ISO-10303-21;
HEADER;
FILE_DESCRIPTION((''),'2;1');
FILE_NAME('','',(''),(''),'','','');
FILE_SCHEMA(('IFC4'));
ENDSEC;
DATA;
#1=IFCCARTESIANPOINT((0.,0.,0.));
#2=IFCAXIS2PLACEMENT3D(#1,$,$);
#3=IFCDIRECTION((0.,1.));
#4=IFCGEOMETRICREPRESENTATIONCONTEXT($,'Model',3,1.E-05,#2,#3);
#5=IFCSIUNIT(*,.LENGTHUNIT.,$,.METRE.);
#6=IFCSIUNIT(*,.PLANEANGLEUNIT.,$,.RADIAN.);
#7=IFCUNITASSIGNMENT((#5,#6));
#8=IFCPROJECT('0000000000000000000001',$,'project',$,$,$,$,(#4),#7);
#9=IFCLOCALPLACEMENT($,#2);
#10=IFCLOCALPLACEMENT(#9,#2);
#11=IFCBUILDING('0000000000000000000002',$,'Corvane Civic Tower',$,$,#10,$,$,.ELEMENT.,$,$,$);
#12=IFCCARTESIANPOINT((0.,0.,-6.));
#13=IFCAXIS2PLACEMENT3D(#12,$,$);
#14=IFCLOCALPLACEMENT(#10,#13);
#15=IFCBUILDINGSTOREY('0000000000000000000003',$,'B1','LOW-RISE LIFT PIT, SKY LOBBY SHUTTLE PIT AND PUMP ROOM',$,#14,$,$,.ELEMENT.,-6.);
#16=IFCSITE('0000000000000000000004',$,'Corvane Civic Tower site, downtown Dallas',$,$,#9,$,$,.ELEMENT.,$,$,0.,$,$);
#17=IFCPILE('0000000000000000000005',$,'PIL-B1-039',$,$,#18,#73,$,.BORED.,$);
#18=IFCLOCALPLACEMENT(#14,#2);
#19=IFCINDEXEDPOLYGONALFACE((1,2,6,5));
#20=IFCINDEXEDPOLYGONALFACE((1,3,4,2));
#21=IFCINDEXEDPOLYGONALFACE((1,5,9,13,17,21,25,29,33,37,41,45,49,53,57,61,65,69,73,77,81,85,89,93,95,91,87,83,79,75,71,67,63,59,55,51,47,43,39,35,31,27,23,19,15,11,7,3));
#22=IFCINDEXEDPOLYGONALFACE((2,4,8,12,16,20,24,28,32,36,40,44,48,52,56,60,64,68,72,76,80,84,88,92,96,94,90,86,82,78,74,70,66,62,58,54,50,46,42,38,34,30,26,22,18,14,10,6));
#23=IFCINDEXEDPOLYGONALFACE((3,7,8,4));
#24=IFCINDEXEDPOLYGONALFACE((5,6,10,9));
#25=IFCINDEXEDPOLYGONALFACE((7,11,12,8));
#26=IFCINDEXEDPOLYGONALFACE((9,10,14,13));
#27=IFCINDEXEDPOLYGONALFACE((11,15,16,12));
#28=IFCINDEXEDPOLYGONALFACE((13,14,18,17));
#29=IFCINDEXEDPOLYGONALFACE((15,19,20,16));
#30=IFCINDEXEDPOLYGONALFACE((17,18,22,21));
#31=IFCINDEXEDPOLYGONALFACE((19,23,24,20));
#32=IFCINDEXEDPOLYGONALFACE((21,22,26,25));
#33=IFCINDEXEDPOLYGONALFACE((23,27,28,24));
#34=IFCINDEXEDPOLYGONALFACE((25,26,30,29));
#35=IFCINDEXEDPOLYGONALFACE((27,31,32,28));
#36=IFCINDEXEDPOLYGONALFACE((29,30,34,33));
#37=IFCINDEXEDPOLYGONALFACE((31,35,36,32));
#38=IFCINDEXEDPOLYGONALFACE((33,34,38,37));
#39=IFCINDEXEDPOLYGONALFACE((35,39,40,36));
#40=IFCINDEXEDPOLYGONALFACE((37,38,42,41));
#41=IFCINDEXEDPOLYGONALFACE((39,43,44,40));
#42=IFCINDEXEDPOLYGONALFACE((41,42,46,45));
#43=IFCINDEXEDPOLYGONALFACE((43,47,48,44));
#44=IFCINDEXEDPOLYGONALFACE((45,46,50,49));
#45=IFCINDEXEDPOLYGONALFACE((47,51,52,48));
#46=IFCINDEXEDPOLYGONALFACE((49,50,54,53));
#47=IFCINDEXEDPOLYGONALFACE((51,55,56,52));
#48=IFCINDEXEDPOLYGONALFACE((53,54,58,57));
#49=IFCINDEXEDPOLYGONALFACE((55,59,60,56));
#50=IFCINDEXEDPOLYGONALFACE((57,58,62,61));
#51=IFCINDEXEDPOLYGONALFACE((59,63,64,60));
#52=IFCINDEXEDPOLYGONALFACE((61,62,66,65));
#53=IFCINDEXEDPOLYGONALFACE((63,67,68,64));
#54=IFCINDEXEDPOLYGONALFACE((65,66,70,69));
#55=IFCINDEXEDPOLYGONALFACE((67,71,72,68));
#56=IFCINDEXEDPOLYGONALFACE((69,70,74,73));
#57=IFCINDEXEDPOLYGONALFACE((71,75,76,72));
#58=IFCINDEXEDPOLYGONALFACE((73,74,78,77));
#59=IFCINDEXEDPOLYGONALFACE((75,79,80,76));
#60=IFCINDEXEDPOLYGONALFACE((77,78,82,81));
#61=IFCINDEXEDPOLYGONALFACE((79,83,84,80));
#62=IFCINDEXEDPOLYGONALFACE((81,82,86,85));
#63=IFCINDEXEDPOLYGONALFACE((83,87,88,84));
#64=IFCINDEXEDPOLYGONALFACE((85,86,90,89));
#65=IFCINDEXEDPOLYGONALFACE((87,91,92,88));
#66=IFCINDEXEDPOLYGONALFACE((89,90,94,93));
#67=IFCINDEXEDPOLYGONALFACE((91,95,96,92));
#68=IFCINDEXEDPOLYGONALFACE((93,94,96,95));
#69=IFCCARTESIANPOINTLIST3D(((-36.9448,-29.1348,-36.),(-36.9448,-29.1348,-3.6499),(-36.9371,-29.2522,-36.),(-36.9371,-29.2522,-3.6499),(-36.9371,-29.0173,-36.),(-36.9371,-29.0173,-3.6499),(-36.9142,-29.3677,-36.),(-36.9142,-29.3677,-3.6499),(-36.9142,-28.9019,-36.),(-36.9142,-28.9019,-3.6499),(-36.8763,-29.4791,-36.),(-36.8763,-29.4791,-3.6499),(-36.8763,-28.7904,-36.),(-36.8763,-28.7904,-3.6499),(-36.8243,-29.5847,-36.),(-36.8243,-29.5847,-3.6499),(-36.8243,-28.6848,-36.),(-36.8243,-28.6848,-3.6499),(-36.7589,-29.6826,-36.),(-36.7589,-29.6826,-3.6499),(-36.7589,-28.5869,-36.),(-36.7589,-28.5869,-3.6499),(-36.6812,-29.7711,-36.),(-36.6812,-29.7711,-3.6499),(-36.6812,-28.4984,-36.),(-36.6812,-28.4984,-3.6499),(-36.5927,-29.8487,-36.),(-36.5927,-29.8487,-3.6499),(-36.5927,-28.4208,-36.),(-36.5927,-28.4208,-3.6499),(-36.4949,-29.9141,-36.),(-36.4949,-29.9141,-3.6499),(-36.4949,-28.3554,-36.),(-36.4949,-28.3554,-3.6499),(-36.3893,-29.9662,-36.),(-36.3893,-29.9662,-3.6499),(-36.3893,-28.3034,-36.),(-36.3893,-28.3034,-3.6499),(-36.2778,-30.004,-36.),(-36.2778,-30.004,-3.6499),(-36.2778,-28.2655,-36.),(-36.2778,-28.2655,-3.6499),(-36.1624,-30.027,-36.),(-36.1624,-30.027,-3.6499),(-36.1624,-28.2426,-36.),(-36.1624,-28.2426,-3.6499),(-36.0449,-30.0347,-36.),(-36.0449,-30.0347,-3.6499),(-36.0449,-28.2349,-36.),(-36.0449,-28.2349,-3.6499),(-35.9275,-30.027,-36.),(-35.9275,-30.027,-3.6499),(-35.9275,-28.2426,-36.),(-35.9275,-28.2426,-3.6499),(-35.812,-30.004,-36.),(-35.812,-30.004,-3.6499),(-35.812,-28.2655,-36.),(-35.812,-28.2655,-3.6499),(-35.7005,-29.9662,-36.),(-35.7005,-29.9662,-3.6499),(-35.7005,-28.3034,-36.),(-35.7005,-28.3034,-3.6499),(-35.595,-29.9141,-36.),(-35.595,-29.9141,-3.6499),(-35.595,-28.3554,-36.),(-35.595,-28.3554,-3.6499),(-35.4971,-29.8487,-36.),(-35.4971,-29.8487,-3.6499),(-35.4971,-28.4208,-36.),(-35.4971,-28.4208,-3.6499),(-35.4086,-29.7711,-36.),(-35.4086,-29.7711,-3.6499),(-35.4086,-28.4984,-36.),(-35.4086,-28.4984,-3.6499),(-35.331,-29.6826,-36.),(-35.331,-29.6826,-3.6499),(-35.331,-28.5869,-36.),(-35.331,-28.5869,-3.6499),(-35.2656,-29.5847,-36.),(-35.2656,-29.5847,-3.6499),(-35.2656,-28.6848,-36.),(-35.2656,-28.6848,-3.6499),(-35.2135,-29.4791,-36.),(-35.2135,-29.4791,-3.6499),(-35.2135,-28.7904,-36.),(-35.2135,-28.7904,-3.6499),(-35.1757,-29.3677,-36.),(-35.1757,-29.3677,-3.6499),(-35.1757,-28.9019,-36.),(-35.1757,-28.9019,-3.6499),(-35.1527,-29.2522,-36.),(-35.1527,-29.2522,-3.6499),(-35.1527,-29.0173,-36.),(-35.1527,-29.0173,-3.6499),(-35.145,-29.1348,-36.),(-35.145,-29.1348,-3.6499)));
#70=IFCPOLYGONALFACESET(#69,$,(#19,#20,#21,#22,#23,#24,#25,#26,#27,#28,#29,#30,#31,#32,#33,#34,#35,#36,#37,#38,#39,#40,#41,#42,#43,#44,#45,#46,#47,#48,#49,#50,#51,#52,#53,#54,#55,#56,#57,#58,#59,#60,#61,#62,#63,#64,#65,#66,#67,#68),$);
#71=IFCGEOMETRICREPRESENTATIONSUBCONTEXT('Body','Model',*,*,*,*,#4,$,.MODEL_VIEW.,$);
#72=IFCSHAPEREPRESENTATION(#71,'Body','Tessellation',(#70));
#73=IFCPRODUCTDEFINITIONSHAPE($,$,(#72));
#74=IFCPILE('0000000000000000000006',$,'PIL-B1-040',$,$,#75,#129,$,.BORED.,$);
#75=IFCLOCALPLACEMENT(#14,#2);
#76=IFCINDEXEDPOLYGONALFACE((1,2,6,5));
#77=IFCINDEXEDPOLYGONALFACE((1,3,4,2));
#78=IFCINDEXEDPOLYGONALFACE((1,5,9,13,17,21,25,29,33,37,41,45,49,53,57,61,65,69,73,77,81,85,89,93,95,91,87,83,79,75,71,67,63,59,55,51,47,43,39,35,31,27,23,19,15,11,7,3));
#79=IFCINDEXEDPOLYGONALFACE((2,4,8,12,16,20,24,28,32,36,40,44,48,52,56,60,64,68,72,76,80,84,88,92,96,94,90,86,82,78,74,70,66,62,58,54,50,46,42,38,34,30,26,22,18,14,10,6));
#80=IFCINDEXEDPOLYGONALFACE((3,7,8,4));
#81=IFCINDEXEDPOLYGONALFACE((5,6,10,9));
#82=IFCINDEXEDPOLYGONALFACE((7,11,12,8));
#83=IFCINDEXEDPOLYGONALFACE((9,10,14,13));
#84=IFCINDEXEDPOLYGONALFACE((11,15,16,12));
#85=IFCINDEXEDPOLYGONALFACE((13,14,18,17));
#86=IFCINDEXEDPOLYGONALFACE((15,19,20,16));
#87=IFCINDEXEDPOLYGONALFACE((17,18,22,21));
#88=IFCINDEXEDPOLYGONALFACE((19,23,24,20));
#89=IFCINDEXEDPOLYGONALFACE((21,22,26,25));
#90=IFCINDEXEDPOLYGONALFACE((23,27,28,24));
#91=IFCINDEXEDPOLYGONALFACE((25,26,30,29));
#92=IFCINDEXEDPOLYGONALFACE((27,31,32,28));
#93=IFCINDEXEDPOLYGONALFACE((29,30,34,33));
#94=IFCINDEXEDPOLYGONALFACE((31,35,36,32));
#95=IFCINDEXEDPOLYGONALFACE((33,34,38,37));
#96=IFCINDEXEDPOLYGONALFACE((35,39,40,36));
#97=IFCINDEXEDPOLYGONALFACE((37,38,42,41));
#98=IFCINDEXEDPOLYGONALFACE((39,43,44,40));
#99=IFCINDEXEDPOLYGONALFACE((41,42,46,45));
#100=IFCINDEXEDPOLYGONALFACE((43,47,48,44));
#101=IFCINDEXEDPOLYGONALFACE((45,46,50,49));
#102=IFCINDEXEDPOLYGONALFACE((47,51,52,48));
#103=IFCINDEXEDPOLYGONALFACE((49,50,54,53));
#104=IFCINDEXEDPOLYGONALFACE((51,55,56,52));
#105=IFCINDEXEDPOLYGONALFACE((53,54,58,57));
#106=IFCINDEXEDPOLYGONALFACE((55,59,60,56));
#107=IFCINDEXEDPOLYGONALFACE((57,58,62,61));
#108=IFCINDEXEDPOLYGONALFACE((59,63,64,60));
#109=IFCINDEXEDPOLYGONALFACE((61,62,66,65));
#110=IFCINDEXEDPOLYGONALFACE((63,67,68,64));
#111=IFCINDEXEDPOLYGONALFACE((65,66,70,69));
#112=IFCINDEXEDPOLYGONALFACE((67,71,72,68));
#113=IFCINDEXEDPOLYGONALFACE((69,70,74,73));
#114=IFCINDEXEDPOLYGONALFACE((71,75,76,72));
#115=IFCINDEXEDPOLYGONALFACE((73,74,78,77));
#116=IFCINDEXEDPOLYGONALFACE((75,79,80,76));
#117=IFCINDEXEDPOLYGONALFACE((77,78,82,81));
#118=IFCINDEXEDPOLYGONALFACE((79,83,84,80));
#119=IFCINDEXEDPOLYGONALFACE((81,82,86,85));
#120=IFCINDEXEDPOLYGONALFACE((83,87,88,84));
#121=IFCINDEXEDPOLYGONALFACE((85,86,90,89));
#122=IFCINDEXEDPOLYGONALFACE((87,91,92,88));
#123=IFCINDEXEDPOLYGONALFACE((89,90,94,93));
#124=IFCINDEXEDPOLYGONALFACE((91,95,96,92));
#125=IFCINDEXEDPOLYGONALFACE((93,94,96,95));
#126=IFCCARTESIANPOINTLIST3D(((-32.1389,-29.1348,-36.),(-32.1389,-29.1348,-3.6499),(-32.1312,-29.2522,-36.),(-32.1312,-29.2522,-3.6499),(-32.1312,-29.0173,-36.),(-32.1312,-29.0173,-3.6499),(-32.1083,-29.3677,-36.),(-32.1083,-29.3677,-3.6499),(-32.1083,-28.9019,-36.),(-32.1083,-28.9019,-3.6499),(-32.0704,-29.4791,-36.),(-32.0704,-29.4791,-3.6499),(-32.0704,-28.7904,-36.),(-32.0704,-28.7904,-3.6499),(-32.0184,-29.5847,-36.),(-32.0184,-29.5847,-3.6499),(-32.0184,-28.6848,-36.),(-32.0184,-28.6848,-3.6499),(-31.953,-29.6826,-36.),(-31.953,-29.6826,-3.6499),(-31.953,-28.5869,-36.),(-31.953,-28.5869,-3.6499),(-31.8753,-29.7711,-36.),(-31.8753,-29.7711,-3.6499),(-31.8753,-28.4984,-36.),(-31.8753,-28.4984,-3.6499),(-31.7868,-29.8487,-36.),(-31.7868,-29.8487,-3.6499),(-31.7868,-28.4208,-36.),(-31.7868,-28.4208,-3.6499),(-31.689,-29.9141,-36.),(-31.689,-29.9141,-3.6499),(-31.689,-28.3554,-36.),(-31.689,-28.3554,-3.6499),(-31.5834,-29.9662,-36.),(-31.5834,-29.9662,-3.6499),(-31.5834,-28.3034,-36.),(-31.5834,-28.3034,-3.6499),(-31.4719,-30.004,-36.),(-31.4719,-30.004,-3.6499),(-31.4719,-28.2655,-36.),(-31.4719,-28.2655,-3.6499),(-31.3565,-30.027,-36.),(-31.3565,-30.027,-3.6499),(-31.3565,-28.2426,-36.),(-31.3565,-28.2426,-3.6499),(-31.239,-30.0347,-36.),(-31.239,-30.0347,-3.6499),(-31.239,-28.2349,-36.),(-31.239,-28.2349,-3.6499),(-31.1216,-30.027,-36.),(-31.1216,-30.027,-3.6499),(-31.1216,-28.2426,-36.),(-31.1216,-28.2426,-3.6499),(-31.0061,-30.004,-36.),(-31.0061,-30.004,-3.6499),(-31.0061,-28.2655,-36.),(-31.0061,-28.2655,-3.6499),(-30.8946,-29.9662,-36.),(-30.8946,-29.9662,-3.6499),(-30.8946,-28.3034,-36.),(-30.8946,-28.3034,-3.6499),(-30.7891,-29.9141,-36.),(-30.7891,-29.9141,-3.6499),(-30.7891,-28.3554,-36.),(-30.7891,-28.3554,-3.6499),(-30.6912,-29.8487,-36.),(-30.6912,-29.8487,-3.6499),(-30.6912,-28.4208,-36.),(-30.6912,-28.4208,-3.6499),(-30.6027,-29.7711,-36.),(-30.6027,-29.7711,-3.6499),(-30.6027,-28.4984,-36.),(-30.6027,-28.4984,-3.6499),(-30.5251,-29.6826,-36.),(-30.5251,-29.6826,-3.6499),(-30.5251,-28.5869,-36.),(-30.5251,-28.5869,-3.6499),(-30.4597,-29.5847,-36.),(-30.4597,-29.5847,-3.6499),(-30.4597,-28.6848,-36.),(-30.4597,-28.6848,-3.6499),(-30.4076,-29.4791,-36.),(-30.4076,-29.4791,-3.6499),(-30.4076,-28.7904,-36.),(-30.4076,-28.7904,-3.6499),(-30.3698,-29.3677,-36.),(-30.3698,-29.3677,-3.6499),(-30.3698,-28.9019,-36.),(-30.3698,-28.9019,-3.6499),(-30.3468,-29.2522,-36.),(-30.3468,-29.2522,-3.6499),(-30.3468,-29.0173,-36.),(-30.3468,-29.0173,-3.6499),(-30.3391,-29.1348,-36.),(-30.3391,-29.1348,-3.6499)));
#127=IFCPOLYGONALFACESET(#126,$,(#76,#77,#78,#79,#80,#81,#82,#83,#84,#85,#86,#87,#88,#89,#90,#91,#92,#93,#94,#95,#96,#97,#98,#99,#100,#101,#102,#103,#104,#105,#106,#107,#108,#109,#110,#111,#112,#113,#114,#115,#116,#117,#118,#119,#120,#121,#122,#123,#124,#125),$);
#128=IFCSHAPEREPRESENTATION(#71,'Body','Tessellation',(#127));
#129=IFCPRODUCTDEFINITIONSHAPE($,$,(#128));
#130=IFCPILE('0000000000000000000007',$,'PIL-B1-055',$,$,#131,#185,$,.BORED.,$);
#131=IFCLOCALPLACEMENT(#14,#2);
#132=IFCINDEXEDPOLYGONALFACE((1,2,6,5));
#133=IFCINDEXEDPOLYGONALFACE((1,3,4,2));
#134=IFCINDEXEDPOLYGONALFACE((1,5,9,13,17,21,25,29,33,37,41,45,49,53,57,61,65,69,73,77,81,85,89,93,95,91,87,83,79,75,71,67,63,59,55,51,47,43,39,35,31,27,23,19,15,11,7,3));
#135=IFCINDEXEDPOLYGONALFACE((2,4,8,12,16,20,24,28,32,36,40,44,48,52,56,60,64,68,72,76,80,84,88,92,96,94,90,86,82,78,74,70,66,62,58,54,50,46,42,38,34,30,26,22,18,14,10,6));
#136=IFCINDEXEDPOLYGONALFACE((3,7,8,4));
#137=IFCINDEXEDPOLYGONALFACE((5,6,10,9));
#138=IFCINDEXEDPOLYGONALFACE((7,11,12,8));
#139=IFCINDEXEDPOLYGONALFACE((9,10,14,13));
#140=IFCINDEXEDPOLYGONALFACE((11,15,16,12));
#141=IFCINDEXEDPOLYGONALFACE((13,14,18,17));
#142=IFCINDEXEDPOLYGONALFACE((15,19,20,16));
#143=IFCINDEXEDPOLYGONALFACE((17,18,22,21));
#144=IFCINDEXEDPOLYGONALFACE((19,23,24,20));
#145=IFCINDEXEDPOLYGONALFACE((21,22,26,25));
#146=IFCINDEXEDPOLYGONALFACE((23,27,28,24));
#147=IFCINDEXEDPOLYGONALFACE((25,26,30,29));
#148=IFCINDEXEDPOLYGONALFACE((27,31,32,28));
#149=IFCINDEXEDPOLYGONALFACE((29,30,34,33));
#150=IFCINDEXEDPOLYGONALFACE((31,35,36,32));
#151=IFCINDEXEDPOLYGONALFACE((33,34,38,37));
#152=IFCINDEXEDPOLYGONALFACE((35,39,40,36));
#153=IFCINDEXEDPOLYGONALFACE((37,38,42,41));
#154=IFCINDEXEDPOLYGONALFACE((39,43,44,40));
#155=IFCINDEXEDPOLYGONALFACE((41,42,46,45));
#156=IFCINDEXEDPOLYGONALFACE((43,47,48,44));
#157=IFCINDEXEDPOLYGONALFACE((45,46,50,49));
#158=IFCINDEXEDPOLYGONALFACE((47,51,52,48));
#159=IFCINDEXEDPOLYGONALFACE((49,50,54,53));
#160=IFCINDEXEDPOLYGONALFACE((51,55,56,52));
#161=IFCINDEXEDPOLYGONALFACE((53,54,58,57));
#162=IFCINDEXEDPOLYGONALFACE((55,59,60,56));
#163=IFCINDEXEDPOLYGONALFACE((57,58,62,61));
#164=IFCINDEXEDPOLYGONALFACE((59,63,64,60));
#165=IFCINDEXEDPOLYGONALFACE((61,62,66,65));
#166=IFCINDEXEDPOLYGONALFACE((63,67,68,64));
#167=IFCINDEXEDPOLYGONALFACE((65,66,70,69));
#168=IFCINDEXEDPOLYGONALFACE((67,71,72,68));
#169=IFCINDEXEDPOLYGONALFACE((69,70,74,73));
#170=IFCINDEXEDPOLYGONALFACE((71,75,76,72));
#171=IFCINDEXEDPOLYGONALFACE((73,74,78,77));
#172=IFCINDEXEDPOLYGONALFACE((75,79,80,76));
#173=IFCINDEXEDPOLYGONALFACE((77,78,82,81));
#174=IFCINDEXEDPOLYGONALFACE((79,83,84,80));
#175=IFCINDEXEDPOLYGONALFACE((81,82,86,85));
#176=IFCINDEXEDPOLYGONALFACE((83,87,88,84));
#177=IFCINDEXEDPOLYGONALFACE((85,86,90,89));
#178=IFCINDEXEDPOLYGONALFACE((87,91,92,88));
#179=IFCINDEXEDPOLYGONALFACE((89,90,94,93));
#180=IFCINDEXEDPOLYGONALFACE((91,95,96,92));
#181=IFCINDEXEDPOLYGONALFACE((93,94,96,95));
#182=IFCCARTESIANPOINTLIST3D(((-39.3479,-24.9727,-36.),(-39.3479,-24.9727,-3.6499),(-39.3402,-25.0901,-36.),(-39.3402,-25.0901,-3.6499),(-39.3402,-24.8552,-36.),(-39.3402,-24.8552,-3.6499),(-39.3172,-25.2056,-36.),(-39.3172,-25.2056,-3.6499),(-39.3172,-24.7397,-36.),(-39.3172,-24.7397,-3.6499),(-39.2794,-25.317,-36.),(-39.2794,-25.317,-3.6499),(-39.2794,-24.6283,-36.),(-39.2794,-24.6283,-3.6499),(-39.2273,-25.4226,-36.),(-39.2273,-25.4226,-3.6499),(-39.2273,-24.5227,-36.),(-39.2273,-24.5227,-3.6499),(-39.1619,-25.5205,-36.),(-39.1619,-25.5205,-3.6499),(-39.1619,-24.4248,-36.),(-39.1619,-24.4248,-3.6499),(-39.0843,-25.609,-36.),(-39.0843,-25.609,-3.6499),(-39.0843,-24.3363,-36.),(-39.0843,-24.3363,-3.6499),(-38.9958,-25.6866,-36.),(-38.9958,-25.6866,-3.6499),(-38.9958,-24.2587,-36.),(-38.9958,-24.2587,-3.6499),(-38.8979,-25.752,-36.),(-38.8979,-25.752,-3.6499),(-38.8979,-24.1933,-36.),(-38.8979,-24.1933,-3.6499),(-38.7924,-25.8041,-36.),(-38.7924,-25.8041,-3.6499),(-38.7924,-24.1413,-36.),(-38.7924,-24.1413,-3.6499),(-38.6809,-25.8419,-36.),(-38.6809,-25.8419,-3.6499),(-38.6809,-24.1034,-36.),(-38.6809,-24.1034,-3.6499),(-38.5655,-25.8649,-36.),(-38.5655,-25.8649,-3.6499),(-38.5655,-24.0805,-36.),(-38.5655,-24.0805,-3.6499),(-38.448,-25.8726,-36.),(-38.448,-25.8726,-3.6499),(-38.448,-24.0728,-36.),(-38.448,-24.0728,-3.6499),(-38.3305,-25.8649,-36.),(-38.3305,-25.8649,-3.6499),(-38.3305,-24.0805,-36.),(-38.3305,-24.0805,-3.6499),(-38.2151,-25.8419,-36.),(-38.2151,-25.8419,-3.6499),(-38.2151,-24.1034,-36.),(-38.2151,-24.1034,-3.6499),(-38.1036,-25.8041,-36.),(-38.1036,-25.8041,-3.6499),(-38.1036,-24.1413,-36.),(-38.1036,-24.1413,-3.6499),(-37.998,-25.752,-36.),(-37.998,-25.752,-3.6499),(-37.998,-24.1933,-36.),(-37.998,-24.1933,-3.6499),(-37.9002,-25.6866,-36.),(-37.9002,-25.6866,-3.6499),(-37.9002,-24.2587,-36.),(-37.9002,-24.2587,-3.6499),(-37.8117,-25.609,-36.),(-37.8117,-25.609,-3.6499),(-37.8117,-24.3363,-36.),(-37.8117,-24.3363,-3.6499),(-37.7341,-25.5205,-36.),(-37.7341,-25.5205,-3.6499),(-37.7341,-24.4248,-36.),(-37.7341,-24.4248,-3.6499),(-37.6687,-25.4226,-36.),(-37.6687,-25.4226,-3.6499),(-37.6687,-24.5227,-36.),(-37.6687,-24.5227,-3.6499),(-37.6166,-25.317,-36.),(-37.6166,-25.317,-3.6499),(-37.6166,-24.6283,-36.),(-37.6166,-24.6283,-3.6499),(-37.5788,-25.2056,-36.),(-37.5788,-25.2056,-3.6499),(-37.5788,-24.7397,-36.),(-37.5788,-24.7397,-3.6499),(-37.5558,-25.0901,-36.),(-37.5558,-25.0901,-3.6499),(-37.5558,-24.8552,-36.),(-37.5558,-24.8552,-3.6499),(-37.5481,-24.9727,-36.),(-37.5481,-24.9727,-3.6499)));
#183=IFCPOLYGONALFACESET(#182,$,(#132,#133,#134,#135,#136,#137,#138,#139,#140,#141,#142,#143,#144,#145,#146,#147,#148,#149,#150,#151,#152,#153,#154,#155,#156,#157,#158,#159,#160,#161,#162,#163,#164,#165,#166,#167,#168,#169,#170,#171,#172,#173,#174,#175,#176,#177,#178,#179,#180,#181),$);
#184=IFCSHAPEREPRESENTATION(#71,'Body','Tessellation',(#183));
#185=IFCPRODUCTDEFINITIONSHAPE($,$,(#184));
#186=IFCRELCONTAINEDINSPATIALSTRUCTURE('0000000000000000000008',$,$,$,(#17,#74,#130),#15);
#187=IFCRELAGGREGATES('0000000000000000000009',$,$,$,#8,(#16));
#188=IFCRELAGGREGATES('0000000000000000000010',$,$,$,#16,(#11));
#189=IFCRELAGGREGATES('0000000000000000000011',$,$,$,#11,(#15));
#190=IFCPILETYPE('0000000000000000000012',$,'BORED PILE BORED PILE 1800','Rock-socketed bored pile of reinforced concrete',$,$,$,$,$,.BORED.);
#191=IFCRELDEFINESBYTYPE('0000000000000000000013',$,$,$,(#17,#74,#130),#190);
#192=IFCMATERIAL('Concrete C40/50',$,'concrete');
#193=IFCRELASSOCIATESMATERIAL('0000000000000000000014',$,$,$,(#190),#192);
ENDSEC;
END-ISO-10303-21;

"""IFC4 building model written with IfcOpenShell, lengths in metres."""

from ifc_helpers import new_model, si_unit, direction, frame, origin, origin_2d, place, context, subcontext, project, spatial, circle, extrude, material, material_profile, profile_set, type_object, element, save


model = new_model("IFC4")

# Units and contexts
model_context = context("Model", 3, precision=1e-05, world=origin(), true_north=direction((0.0, 1.0)))
body_context = subcontext(model_context, "Body", "Model", "MODEL_VIEW")
ifc_project = project(units=[si_unit("LENGTHUNIT", "METRE"), si_unit("PLANEANGLEUNIT", "RADIAN")], contexts=[model_context])

# Site, building, storey
site_placement = place(None, origin())
site = spatial("IfcSite", under=ifc_project, at=site_placement, Name="Corvane Civic Tower site, downtown Dallas", CompositionType="ELEMENT", RefElevation=0.0)
building_placement = place(site_placement, origin())
building = spatial("IfcBuilding", under=site, at=building_placement, Name="Corvane Civic Tower", CompositionType="ELEMENT")
storey_placement = place(building_placement, frame((0.0, 0.0, -6.0)))
storey = spatial("IfcBuildingStorey", under=building, at=storey_placement, Name="B1", Description="LOW-RISE LIFT PIT, SKY LOBBY SHUTTLE PIT AND PUMP ROOM", CompositionType="ELEMENT", Elevation=-6.0)

# Piles
ifc_material_1 = material(Name="Concrete C40/50", Category="concrete")
ifc_material_profile_1 = material_profile(ifc_material_1, circle(Radius=0.8999, at=origin_2d()), Name="BORED PILE 1800")
ifc_profile_set_1 = profile_set([ifc_material_profile_1], Name="Concrete C40/50")
pile_type_1 = type_object("IfcPileType", Name="BORED PILE BORED PILE 1800", Description="Rock-socketed bored pile of reinforced concrete", PredefinedType="BORED", material=ifc_profile_set_1)
for number, where, z_axis, x_axis, name in (
    (1, (-36.0449, -29.1348, -3.6499), (0.0, 0.0, -1.0), (1.0, 0.0, 0.0), "PIL-B1-039"),
    (2, (-31.239, -29.1348, -3.6499), (0.0, 0.0, -1.0), (1.0, 0.0, 0.0), "PIL-B1-040"),
    (3, (-38.448, -24.9727, -3.6499), (0.0, 0.0, -1.0), (1.0, 0.0, 0.0), "PIL-B1-055"),
):
    element("IfcPile", number, at=place(storey_placement, frame(where, z_axis=z_axis, x_axis=x_axis)), inside=storey, type_object=pile_type_1, Name=name, PredefinedType="BORED", context=body_context, shape_type="SweptSolid", body=[
        extrude(circle(Radius=0.8999, at=origin_2d()), origin(), (0.0, 0.0, 1.0), 32.3501),
    ])

save(model, "model.ifc")
